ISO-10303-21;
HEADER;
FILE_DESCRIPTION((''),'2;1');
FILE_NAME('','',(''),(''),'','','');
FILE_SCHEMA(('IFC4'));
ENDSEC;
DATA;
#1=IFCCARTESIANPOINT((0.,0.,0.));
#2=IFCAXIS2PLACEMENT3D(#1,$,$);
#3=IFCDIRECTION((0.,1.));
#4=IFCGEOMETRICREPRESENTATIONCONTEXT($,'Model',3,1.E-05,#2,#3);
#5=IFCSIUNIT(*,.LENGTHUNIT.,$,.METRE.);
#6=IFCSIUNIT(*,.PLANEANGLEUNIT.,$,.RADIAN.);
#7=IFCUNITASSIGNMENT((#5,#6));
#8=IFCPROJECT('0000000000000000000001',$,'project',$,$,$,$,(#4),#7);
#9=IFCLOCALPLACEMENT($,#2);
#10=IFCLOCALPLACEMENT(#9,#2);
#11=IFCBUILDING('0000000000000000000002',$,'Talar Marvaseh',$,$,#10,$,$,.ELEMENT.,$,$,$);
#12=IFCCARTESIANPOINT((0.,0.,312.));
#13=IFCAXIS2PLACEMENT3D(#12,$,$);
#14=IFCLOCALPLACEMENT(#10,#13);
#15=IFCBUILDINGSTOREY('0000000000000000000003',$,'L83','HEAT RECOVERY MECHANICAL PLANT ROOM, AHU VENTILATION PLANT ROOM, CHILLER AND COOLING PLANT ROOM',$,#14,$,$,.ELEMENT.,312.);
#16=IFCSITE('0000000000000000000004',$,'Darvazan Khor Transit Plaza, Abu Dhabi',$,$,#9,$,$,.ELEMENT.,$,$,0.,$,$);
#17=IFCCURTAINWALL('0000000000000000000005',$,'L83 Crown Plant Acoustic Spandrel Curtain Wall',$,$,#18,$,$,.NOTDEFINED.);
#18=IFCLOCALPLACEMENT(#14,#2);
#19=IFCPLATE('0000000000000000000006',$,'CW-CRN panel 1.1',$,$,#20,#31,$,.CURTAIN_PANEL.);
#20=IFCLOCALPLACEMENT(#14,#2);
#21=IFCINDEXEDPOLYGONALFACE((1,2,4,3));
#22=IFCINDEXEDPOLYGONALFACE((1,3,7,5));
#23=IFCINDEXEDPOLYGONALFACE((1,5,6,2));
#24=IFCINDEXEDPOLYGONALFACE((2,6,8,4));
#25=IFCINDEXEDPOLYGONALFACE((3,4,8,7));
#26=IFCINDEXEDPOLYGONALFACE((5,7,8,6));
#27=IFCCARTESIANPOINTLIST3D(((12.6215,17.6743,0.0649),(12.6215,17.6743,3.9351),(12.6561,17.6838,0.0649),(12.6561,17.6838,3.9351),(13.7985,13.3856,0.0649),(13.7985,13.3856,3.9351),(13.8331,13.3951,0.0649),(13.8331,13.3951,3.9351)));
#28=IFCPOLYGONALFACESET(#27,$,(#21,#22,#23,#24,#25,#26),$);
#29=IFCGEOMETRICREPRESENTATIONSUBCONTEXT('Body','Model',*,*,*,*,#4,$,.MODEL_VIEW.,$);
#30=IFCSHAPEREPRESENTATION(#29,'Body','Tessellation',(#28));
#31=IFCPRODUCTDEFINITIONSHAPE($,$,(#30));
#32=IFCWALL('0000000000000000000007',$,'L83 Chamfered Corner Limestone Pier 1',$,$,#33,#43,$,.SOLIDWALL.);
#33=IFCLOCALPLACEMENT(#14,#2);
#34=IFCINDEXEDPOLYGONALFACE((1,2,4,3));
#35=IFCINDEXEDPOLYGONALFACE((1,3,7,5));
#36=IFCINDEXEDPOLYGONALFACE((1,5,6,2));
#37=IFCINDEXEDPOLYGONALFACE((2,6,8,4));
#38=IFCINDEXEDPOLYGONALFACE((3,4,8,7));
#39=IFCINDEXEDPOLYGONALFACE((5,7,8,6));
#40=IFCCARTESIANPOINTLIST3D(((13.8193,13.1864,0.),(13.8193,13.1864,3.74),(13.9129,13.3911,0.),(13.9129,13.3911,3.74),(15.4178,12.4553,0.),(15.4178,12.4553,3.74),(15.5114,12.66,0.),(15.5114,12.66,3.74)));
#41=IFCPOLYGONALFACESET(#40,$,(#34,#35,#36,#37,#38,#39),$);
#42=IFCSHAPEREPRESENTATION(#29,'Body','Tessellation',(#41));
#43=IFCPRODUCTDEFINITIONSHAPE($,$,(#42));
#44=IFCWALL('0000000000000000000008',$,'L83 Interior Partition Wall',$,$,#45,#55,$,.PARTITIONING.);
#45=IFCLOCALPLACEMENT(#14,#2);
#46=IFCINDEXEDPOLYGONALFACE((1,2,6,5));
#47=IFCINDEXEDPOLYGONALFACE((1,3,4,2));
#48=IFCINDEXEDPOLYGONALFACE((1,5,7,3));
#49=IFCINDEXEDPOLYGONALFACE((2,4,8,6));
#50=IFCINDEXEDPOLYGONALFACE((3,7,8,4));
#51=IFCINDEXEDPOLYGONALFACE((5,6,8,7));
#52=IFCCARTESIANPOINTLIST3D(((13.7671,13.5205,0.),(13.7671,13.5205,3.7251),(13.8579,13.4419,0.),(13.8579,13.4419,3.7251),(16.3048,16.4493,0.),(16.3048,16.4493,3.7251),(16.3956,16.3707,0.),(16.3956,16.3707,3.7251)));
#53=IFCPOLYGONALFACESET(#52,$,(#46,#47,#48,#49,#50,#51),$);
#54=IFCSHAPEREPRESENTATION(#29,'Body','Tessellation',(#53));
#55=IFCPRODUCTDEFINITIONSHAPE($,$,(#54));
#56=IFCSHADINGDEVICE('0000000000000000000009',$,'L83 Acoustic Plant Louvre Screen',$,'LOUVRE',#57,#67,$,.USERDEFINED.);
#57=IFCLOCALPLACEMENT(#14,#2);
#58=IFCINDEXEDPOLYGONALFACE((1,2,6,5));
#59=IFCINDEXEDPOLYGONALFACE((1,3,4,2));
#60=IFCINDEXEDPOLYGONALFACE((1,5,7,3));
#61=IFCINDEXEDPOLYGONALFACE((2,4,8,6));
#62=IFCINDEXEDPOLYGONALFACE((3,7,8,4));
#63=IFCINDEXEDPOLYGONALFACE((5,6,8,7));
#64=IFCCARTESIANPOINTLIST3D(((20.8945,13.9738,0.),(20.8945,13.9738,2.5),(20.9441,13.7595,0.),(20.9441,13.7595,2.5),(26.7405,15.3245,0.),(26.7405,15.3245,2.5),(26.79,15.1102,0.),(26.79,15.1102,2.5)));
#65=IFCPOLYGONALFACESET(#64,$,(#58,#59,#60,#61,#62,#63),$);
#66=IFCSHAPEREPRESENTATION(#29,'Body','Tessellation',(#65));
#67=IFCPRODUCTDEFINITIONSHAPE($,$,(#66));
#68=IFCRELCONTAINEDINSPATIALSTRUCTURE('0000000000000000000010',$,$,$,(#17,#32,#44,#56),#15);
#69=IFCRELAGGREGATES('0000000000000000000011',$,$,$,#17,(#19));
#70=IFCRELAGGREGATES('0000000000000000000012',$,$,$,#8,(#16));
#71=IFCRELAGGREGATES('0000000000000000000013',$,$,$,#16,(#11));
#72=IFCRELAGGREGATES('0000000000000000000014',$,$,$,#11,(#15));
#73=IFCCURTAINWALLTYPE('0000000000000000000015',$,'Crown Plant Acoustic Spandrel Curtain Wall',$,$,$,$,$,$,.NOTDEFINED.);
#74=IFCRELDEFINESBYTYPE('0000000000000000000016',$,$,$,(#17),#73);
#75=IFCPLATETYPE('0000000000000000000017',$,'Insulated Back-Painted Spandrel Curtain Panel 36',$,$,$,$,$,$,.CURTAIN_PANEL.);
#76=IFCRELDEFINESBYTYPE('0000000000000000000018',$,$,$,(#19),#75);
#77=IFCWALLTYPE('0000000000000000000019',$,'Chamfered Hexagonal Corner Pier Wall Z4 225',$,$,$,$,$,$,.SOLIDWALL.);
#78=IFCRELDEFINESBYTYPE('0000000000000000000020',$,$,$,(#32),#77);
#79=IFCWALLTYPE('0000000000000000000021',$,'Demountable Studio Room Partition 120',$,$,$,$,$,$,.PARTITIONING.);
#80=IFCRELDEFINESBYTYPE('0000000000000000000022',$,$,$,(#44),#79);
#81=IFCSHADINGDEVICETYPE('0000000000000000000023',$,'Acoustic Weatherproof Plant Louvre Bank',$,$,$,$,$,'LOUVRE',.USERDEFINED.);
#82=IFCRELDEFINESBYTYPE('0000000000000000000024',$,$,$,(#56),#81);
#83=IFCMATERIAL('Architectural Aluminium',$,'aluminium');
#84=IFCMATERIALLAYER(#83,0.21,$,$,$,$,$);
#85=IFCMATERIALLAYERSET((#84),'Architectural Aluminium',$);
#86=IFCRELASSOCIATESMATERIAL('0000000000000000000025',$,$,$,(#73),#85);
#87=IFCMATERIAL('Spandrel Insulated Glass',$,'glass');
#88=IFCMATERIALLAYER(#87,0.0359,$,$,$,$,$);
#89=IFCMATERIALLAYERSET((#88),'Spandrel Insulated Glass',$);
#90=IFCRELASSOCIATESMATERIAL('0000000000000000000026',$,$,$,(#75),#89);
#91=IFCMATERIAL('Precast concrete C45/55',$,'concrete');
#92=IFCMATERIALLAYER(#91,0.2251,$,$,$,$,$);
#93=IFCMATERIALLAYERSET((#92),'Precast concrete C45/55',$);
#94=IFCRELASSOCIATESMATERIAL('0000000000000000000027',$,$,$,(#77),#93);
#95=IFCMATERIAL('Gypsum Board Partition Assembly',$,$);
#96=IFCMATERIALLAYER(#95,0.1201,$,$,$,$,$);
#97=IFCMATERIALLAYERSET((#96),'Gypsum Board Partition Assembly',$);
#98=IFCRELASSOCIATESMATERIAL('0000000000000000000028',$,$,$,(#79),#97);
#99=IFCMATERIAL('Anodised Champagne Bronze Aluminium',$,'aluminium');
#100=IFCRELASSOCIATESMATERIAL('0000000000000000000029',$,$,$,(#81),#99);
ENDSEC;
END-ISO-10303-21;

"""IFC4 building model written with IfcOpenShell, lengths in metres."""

from ifc_helpers import new_model, si_unit, direction, frame, frame_2d, origin, origin_2d, place, context, subcontext, project, spatial, rectangle, extrude, source, transform, mapped, material, layer, layer_set, type_object, type_shapes, element, aggregate, save


model = new_model("IFC4")

# Units and contexts
model_context = context("Model", 3, precision=1e-05, world=origin(), true_north=direction((0.0, 1.0)))
body_context = subcontext(model_context, "Body", "Model", "MODEL_VIEW")
ifc_project = project(units=[si_unit("LENGTHUNIT", "METRE"), si_unit("PLANEANGLEUNIT", "RADIAN")], contexts=[model_context])

# Site, building, storey
site_placement = place(None, origin())
site = spatial("IfcSite", under=ifc_project, at=site_placement, Name="Darvazan Khor Transit Plaza, Abu Dhabi", CompositionType="ELEMENT", RefElevation=0.0)
building_placement = place(site_placement, origin())
building = spatial("IfcBuilding", under=site, at=building_placement, Name="Talar Marvaseh", CompositionType="ELEMENT")
storey_placement = place(building_placement, frame((0.0, 0.0, 312.0)))
storey = spatial("IfcBuildingStorey", under=building, at=storey_placement, Name="L83", Description="HEAT RECOVERY MECHANICAL PLANT ROOM, AHU VENTILATION PLANT ROOM, CHILLER AND COOLING PLANT ROOM", CompositionType="ELEMENT", Elevation=312.0)

# Curtain wall
ifc_material_1 = material(Name="Architectural Aluminium", Category="aluminium")
ifc_layer_1 = layer(ifc_material_1, 0.21)
ifc_layer_set_1 = layer_set([ifc_layer_1], Name="Architectural Aluminium")
curtain_wall_type = type_object("IfcCurtainWallType", Name="Crown Plant Acoustic Spandrel Curtain Wall", PredefinedType="NOTDEFINED", material=ifc_layer_set_1)
curtain_wall_1_placement = place(storey_placement, origin())
curtain_wall_1 = element("IfcCurtainWall", 1, at=curtain_wall_1_placement, inside=storey, type_object=curtain_wall_type, Name="L83 Crown Plant Acoustic Spandrel Curtain Wall", PredefinedType="NOTDEFINED")

# Plate
ifc_material_2 = material(Name="Spandrel Insulated Glass", Category="glass")
ifc_layer_2 = layer(ifc_material_2, 0.0359)
ifc_layer_set_2 = layer_set([ifc_layer_2], Name="Spandrel Insulated Glass")
plate_type_1 = type_object("IfcPlateType", Name="Insulated Back-Painted Spandrel Curtain Panel 36", PredefinedType="CURTAIN_PANEL", material=ifc_layer_set_2)
shared_shape_1 = source(origin(), body_context, "Body", "SweptSolid", [
    extrude(rectangle(XDim=4.4473, YDim=0.0359, at=origin_2d()), origin(), (0.0, 0.0, 1.0), 3.8701),
])
plate_1_placement = place(storey_placement, frame((13.2273, 15.5347, 0.0649), z_axis=(0.0, 0.0, 1.0), x_axis=(-0.264649, 0.964345, 0.0)))
plate_1 = element("IfcPlate", 2, at=plate_1_placement, type_object=plate_type_1, Name="CW-CRN panel 1.1", PredefinedType="CURTAIN_PANEL", context=body_context, shape_type="MappedRepresentation", body=[
    mapped(shared_shape_1, transform((0.0, 0.0, 0.0), x_axis=(1.0, 0.0, 0.0), y_axis=(0.0, 1.0, 0.0), z_axis=(0.0, 0.0, 1.0), scale=1.0)),
])
aggregate(curtain_wall_1, [plate_1])

# Walls
ifc_material_3 = material(Name="Precast concrete C45/55", Category="concrete")
ifc_layer_3 = layer(ifc_material_3, 0.2251)
ifc_layer_set_3 = layer_set([ifc_layer_3], Name="Precast concrete C45/55")
wall_type_1 = type_object("IfcWallType", Name="Chamfered Hexagonal Corner Pier Wall Z4 225", PredefinedType="SOLIDWALL", material=ifc_layer_set_3)
wall_1_placement = place(storey_placement, frame((15.4646, 12.5576, 0.0), z_axis=(0.0, 0.0, 1.0), x_axis=(-0.909389, 0.415947, 0.0)))
element("IfcWall", 3, at=wall_1_placement, inside=storey, type_object=wall_type_1, Name="L83 Chamfered Corner Limestone Pier 1", PredefinedType="SOLIDWALL", context=body_context, shape_type="SweptSolid", body=[
    extrude(rectangle(XDim=1.7578, YDim=0.2251, at=frame_2d((0.8789, 0.0))), origin(), (0.0, 0.0, 1.0), 3.74),
])
ifc_material_4 = material(Name="Gypsum Board Partition Assembly")
ifc_layer_4 = layer(ifc_material_4, 0.1201)
ifc_layer_set_4 = layer_set([ifc_layer_4], Name="Gypsum Board Partition Assembly")
wall_type_2 = type_object("IfcWallType", Name="Demountable Studio Room Partition 120", PredefinedType="PARTITIONING", material=ifc_layer_set_4)
wall_2_placement = place(storey_placement, frame((16.3501, 16.4099, 0.0), z_axis=(0.0, 0.0, 1.0), x_axis=(-0.654839, -0.755768, 0.0)))
element("IfcWall", 4, at=wall_2_placement, inside=storey, type_object=wall_type_2, Name="L83 Interior Partition Wall", PredefinedType="PARTITIONING", context=body_context, shape_type="SweptSolid", body=[
    extrude(rectangle(XDim=3.8752, YDim=0.1201, at=frame_2d((1.9375, 0.0))), origin(), (0.0, 0.0, 1.0), 3.7251),
])

# Shading device
ifc_material_5 = material(Name="Anodised Champagne Bronze Aluminium", Category="aluminium")
shading_device_type = type_object("IfcShadingDeviceType", Name="Acoustic Weatherproof Plant Louvre Bank", ElementType="LOUVRE", PredefinedType="USERDEFINED", material=ifc_material_5)
shared_shape_2 = source(origin(), body_context, "Body", "SweptSolid", [
    extrude(rectangle(XDim=6.0, YDim=0.22, at=origin_2d()), origin(), (0.0, 0.0, 1.0), 2.5),
])
type_shapes(shading_device_type, [shared_shape_2])
shading_device_placement = place(storey_placement, frame((23.8423, 14.542, 0.0), z_axis=(0.0, 0.0, 1.0), x_axis=(-0.974331, -0.225121, 0.0)))
element("IfcShadingDevice", 5, at=shading_device_placement, inside=storey, type_object=shading_device_type, Name="L83 Acoustic Plant Louvre Screen", ObjectType="LOUVRE", PredefinedType="USERDEFINED", context=body_context, shape_type="MappedRepresentation", body=[
    mapped(shared_shape_2, transform((0.0, 0.0, 0.0), x_axis=(1.0, 0.0, 0.0), y_axis=(0.0, 1.0, 0.0), z_axis=(0.0, 0.0, 1.0), scale=1.0)),
])

save(model, "model.ifc")
